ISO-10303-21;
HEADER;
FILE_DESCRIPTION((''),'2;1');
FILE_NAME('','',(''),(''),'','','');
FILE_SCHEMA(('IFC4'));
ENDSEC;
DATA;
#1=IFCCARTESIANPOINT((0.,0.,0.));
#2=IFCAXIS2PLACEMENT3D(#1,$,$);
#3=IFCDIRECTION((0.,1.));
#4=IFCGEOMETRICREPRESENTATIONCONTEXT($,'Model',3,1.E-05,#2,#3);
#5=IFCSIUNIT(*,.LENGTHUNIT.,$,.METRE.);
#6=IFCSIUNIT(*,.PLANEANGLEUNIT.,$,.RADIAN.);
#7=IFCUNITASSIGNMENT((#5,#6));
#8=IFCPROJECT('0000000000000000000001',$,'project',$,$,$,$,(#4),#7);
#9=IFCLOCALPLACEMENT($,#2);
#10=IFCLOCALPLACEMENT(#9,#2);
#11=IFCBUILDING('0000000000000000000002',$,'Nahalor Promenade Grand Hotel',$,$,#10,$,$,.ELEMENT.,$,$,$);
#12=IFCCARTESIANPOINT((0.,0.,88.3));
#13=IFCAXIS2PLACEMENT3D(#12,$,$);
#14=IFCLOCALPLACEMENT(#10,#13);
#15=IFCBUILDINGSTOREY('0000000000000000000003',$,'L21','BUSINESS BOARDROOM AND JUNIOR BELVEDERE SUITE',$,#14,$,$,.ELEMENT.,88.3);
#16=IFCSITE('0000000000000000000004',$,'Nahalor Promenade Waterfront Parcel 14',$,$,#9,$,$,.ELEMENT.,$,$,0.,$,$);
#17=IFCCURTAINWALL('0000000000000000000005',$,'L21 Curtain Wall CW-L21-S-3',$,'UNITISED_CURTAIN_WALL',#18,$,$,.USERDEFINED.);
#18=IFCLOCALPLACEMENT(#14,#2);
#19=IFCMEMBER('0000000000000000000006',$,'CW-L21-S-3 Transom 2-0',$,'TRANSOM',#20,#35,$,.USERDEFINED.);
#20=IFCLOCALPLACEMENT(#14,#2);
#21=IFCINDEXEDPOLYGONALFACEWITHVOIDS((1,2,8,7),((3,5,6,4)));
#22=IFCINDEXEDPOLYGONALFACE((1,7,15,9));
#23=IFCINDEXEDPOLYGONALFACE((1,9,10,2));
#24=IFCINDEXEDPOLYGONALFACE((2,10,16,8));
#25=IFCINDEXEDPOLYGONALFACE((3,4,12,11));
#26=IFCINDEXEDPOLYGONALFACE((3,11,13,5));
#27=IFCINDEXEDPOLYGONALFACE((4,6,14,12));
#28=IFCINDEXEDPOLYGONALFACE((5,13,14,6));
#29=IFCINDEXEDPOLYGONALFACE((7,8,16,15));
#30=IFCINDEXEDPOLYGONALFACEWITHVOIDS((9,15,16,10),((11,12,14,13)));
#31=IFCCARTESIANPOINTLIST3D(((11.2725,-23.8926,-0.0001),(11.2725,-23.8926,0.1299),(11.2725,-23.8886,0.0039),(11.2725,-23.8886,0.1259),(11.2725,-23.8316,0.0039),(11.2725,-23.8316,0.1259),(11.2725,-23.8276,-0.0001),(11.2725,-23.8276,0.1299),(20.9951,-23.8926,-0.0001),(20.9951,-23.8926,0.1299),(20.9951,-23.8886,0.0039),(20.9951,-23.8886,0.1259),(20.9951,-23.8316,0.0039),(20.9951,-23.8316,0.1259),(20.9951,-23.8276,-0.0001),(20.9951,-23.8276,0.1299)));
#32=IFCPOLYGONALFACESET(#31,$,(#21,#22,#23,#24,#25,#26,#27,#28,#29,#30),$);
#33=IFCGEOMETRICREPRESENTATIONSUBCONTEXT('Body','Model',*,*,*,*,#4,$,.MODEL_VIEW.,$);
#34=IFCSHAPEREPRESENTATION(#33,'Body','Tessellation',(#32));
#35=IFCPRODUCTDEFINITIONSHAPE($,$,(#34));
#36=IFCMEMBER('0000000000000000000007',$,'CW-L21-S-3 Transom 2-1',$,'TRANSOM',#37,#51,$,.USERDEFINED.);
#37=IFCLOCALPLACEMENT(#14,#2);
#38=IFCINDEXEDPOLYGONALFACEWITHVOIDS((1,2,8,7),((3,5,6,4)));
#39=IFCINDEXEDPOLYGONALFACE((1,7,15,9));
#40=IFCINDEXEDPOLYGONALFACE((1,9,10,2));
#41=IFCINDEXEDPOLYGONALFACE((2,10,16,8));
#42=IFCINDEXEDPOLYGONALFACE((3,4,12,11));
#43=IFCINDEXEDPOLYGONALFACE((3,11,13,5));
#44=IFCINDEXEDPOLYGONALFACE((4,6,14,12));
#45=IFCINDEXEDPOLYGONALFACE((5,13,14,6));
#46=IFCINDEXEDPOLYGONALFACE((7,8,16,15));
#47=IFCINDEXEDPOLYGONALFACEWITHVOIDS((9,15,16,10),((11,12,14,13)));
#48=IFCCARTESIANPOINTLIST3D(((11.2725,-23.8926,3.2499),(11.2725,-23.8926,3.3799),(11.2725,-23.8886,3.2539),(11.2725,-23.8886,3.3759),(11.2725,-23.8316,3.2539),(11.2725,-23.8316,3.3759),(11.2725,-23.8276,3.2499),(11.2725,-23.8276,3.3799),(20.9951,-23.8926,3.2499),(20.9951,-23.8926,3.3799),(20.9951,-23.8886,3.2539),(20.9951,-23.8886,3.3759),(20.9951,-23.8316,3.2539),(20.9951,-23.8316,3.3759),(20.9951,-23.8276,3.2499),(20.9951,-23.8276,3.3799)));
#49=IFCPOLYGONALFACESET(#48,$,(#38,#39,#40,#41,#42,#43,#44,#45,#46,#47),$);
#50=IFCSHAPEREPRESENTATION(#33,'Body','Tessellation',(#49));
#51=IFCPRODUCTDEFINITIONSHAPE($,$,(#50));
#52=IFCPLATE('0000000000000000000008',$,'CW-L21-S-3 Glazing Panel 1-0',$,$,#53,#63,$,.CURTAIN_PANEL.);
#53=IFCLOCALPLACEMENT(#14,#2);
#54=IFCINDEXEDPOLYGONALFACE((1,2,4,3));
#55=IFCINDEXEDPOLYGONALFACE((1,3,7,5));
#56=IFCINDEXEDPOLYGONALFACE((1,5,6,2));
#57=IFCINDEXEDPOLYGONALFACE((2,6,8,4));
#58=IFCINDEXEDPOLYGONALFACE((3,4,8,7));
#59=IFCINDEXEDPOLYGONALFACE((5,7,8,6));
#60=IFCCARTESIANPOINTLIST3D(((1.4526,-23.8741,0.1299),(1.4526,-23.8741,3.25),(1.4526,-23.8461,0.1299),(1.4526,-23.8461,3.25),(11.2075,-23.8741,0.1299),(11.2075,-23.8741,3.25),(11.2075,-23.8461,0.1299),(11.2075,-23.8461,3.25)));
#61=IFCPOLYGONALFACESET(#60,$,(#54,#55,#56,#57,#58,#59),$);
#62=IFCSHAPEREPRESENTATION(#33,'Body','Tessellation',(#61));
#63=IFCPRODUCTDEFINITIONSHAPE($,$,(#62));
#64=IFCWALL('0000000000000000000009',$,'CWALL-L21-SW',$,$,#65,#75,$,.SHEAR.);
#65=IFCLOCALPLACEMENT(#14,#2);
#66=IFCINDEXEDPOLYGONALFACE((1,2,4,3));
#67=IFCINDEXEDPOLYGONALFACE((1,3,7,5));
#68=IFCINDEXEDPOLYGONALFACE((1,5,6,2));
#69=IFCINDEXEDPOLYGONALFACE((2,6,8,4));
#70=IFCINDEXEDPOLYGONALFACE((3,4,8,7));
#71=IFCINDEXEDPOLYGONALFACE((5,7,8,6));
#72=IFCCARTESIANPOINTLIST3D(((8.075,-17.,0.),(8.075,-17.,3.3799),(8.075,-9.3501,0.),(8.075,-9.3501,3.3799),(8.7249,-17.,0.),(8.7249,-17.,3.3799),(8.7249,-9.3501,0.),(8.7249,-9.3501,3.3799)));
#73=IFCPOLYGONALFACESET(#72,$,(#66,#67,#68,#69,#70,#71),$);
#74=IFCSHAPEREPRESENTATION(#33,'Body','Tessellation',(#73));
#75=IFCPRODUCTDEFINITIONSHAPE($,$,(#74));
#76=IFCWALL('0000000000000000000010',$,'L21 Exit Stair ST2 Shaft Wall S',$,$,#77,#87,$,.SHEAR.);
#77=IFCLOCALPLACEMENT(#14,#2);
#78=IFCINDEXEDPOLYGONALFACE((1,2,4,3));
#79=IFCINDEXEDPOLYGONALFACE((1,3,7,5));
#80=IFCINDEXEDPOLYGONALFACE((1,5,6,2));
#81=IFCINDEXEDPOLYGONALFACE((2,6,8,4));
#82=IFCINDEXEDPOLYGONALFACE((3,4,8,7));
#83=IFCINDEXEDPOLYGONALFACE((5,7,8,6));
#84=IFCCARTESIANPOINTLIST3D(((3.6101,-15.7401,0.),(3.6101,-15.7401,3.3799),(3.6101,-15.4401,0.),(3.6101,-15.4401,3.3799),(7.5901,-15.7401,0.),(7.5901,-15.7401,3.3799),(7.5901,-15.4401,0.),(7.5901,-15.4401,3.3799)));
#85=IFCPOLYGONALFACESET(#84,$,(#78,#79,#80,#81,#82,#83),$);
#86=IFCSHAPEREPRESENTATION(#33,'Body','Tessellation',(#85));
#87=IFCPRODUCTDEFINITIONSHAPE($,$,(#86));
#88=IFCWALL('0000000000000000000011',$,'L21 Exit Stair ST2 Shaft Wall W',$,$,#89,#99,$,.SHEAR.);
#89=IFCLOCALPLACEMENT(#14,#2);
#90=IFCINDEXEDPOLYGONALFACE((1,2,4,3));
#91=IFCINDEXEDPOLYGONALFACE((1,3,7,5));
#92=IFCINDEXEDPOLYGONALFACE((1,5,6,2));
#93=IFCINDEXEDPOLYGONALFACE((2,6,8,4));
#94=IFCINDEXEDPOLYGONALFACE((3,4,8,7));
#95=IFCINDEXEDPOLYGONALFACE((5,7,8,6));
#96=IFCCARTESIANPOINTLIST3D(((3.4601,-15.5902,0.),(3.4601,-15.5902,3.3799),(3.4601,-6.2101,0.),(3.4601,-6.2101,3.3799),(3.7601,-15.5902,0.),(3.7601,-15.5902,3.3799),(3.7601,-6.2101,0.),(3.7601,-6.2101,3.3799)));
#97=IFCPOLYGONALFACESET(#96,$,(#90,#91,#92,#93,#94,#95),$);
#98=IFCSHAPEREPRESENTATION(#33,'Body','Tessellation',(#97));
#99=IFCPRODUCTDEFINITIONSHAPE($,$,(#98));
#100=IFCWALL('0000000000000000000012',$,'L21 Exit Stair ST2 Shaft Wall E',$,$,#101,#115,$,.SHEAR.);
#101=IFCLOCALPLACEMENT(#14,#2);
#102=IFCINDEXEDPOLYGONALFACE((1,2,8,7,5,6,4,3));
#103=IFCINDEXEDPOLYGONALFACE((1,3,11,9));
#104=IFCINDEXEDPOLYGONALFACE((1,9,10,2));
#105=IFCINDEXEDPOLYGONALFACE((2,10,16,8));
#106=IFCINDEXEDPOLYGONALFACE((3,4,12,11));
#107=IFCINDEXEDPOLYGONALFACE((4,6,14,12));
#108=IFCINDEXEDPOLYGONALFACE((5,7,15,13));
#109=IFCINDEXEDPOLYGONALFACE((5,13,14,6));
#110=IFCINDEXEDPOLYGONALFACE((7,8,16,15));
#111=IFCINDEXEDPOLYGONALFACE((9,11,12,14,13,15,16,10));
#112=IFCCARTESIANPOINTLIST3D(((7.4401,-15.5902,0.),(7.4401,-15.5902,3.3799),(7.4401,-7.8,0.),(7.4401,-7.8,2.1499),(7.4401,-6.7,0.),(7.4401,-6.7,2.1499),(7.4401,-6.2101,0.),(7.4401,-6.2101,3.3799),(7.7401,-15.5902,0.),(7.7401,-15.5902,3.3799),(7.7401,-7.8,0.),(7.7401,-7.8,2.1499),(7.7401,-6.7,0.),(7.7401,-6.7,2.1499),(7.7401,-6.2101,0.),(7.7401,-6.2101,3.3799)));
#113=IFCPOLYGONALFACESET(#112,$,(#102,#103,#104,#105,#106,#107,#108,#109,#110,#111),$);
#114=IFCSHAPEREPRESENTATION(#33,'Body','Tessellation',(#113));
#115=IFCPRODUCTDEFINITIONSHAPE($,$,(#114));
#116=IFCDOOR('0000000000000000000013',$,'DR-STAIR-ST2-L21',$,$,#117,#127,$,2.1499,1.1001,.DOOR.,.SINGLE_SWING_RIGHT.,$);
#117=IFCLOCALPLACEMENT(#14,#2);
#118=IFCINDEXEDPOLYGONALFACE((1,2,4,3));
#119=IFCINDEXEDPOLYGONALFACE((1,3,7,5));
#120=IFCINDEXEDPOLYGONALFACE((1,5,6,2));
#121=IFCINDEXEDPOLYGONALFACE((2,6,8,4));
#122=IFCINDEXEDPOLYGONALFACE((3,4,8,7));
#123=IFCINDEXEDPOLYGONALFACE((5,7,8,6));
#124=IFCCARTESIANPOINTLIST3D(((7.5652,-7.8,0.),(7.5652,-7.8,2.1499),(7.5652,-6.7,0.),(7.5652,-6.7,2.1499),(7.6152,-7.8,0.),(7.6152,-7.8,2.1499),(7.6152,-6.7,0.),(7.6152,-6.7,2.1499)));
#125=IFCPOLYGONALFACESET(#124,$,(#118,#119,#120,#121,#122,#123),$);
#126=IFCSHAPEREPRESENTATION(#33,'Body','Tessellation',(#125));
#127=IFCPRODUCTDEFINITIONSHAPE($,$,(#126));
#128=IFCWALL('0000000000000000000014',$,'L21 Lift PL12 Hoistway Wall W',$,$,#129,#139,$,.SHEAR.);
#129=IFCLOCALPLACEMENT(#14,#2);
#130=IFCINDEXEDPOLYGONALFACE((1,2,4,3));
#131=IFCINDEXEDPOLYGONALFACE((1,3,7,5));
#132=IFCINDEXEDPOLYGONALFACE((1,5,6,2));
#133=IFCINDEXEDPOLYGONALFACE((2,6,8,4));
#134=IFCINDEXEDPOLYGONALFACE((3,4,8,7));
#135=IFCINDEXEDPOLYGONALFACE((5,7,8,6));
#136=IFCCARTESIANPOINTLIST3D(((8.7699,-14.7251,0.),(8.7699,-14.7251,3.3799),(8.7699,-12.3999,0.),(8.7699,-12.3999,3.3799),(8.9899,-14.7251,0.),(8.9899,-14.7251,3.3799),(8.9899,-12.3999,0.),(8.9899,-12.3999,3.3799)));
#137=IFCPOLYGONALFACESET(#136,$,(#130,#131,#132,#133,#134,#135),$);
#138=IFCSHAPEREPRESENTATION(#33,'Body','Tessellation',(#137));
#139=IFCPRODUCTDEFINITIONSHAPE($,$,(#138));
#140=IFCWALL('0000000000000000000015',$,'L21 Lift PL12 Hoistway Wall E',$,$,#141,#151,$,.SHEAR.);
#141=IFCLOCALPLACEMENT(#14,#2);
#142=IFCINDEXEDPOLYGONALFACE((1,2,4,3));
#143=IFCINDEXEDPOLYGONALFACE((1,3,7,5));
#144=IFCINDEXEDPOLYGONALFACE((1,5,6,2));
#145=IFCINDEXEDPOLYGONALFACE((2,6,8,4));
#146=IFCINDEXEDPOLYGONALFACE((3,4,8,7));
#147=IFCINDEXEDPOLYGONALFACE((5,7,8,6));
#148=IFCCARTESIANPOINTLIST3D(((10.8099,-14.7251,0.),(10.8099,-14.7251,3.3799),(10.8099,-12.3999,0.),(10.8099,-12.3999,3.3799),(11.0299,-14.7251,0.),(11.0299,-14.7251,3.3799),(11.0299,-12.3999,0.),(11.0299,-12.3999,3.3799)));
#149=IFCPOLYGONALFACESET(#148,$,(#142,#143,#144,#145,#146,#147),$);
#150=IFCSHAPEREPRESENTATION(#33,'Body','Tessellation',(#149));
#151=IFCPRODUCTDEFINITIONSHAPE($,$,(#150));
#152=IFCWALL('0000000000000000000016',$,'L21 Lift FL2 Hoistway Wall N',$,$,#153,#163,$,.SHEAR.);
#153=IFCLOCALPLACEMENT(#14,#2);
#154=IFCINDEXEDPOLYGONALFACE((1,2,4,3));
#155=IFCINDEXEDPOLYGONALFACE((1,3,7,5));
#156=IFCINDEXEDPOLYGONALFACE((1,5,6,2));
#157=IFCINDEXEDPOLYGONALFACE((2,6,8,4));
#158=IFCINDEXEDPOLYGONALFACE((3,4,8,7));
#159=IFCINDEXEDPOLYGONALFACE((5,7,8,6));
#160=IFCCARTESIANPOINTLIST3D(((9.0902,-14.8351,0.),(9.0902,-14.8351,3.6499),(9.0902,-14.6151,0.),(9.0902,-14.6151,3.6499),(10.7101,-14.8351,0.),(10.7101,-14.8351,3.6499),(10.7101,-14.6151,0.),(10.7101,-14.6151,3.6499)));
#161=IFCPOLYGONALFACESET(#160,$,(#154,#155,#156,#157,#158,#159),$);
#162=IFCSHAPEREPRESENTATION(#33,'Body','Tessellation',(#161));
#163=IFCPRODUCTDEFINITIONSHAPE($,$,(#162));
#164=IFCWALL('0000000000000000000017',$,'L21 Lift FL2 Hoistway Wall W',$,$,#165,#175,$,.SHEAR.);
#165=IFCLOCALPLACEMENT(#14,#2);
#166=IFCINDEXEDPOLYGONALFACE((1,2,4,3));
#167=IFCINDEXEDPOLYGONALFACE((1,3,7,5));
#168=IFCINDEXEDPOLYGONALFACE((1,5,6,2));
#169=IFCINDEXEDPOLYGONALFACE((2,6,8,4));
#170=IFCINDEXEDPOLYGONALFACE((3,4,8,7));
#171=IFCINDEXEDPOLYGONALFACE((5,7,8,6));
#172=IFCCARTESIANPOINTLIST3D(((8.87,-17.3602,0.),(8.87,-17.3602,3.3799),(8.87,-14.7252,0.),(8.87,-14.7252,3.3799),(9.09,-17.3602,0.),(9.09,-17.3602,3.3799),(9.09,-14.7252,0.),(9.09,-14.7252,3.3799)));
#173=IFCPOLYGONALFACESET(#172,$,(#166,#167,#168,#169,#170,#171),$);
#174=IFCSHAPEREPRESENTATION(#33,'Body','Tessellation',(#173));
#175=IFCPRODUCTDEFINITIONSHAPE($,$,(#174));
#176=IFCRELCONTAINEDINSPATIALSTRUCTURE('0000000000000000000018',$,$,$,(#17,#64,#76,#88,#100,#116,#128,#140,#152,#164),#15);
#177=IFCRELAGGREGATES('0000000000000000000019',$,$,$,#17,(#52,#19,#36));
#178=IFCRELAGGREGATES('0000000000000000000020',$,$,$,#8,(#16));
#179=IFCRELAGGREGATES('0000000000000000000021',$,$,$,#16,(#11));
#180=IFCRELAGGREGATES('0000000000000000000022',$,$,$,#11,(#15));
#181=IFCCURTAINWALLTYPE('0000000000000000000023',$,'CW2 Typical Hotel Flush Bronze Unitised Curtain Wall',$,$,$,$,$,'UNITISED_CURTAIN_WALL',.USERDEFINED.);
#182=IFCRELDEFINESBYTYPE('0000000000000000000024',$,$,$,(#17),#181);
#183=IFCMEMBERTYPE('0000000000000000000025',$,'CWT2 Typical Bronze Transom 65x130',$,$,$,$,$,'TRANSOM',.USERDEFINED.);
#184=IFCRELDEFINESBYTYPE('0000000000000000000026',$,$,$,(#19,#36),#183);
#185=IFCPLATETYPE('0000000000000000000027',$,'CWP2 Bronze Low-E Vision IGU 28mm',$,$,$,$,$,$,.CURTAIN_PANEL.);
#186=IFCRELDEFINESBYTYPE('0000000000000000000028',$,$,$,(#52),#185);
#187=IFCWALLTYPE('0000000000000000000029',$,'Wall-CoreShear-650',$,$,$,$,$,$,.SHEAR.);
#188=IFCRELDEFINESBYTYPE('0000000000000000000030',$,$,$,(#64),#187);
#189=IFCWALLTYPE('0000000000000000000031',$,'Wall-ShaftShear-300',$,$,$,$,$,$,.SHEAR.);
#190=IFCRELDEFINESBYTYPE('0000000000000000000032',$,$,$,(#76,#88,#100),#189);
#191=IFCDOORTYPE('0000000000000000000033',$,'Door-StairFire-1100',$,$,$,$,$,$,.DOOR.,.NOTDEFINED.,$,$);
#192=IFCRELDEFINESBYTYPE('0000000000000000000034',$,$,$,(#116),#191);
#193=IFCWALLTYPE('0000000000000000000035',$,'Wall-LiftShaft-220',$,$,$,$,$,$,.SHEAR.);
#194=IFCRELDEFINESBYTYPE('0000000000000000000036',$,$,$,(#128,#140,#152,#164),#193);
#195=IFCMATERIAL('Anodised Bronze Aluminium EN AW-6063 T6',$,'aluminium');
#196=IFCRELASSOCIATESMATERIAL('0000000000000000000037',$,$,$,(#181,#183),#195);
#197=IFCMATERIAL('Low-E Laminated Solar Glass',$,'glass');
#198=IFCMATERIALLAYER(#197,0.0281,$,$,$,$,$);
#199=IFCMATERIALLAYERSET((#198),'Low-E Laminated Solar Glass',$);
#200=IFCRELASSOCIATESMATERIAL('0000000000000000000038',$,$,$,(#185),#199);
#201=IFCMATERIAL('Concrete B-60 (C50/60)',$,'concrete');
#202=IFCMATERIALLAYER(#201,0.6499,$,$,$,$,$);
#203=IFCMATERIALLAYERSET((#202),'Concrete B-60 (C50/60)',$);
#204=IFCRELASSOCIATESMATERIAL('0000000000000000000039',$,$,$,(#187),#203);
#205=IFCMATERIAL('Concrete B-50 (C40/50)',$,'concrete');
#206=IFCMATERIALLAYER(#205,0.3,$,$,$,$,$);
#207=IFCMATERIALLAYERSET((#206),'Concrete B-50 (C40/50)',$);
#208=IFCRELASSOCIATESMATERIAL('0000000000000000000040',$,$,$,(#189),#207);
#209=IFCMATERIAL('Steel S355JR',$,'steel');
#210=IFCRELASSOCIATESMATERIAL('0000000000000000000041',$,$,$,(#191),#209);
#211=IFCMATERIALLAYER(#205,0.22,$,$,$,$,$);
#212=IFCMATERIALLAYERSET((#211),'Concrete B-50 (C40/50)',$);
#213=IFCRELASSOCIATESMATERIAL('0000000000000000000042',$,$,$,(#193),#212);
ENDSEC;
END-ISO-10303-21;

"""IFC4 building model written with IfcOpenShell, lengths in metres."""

from ifc_helpers import new_model, si_unit, direction, frame, frame_2d, origin, origin_2d, place, context, subcontext, project, spatial, rectangle, hollow_rectangle, extrude, source, transform, mapped, material, layer, layer_set, material_profile, profile_set, type_object, element, fill, aggregate, save


model = new_model("IFC4")

# Units and contexts
model_context = context("Model", 3, precision=1e-05, world=origin(), true_north=direction((0.0, 1.0)))
body_context = subcontext(model_context, "Body", "Model", "MODEL_VIEW")
ifc_project = project(units=[si_unit("LENGTHUNIT", "METRE"), si_unit("PLANEANGLEUNIT", "RADIAN")], contexts=[model_context])

# Site, building, storey
site_placement = place(None, origin())
site = spatial("IfcSite", under=ifc_project, at=site_placement, Name="Nahalor Promenade Waterfront Parcel 14", CompositionType="ELEMENT", RefElevation=0.0)
building_placement = place(site_placement, origin())
building = spatial("IfcBuilding", under=site, at=building_placement, Name="Nahalor Promenade Grand Hotel", CompositionType="ELEMENT")
storey_placement = place(building_placement, frame((0.0, 0.0, 88.3)))
storey = spatial("IfcBuildingStorey", under=building, at=storey_placement, Name="L21", Description="BUSINESS BOARDROOM AND JUNIOR BELVEDERE SUITE", CompositionType="ELEMENT", Elevation=88.3)

# Shared definitions
ifc_material_1 = material(Name="Concrete B-60 (C50/60)", Category="concrete")

# Shared definitions
ifc_material_2 = material(Name="Steel S355JR", Category="steel")

# Curtain wall, members, plate
ifc_material_3 = material(Name="Anodised Bronze Aluminium EN AW-6063 T6", Category="aluminium")
curtain_wall_type = type_object("IfcCurtainWallType", Name="CW2 Typical Hotel Flush Bronze Unitised Curtain Wall", ElementType="UNITISED_CURTAIN_WALL", PredefinedType="USERDEFINED", material=ifc_material_3)
curtain_wall_placement = place(storey_placement, origin())
curtain_wall = element("IfcCurtainWall", 1, at=curtain_wall_placement, inside=storey, type_object=curtain_wall_type, Name="L21 Curtain Wall CW-L21-S-3", ObjectType="UNITISED_CURTAIN_WALL", PredefinedType="USERDEFINED")
ifc_material_profile_1 = material_profile(ifc_material_3, hollow_rectangle(XDim=0.065, YDim=0.13, WallThickness=0.004, at=origin_2d()), Name="CWT 65x130x4")
ifc_profile_set_1 = profile_set([ifc_material_profile_1], Name="Anodised Bronze Aluminium EN AW-6063 T6")
member_type_1 = type_object("IfcMemberType", Name="CWT2 Typical Bronze Transom 65x130", ElementType="TRANSOM", PredefinedType="USERDEFINED", material=ifc_profile_set_1)
shared_shape_1 = source(origin(), body_context, "Body", "SweptSolid", [
    extrude(hollow_rectangle(XDim=0.065, YDim=0.13, WallThickness=0.004, at=origin_2d()), origin(), (0.0, 0.0, 1.0), 9.7227),
])
member_1_placement = place(storey_placement, frame((11.2725, -23.8601, 0.0649), z_axis=(1.0, 0.0, 0.0), x_axis=(0.0, 1.0, 0.0)))
member_1 = element("IfcMember", 2, at=member_1_placement, type_object=member_type_1, Name="CW-L21-S-3 Transom 2-0", ObjectType="TRANSOM", PredefinedType="USERDEFINED", context=body_context, shape_type="MappedRepresentation", body=[
    mapped(shared_shape_1, transform((0.0, 0.0, 0.0), scale=1.0)),
])
member_2_placement = place(storey_placement, frame((11.2725, -23.8601, 3.3149), z_axis=(1.0, 0.0, 0.0), x_axis=(0.0, 1.0, 0.0)))
member_2 = element("IfcMember", 3, at=member_2_placement, type_object=member_type_1, Name="CW-L21-S-3 Transom 2-1", ObjectType="TRANSOM", PredefinedType="USERDEFINED", context=body_context, shape_type="MappedRepresentation", body=[
    mapped(shared_shape_1, transform((0.0, 0.0, 0.0), scale=1.0)),
])
ifc_material_4 = material(Name="Low-E Laminated Solar Glass", Category="glass")
ifc_layer_1 = layer(ifc_material_4, 0.0281)
ifc_layer_set_1 = layer_set([ifc_layer_1], Name="Low-E Laminated Solar Glass")
plate_type = type_object("IfcPlateType", Name="CWP2 Bronze Low-E Vision IGU 28mm", PredefinedType="CURTAIN_PANEL", material=ifc_layer_set_1)
shared_shape_2 = source(origin(), body_context, "Body", "SweptSolid", [
    extrude(rectangle(XDim=9.7549, YDim=0.0281, at=origin_2d()), origin(), (0.0, 0.0, 1.0), 3.1201),
])
plate_placement = place(storey_placement, frame((6.3301, -23.8601, 0.1299), z_axis=(0.0, 0.0, 1.0), x_axis=(1.0, 0.0, 0.0)))
plate = element("IfcPlate", 4, at=plate_placement, type_object=plate_type, Name="CW-L21-S-3 Glazing Panel 1-0", PredefinedType="CURTAIN_PANEL", context=body_context, shape_type="MappedRepresentation", body=[
    mapped(shared_shape_2, transform((0.0, 0.0, 0.0), scale=1.0)),
])
aggregate(curtain_wall, [plate, member_1, member_2])

# Walls
ifc_layer_2 = layer(ifc_material_1, 0.6499)
ifc_layer_set_2 = layer_set([ifc_layer_2], Name="Concrete B-60 (C50/60)")
wall_type_1 = type_object("IfcWallType", Name="Wall-CoreShear-650", PredefinedType="SHEAR", material=ifc_layer_set_2)
shared_shape_3 = source(origin(), body_context, "Body", "SweptSolid", [
    extrude(rectangle(XDim=7.6499, YDim=0.6499, at=frame_2d((3.825, 0.0))), origin(), (0.0, 0.0, 1.0), 3.3799),
])
wall_1_placement = place(storey_placement, frame((8.3999, -17.0, 0.0), z_axis=(0.0, 0.0, 1.0), x_axis=(0.0, 1.0, 0.0)))
element("IfcWall", 5, at=wall_1_placement, inside=storey, type_object=wall_type_1, Name="CWALL-L21-SW", PredefinedType="SHEAR", context=body_context, shape_type="MappedRepresentation", body=[
    mapped(shared_shape_3, transform((0.0, 0.0, 0.0), scale=1.0)),
])
ifc_material_5 = material(Name="Concrete B-50 (C40/50)", Category="concrete")
ifc_layer_3 = layer(ifc_material_5, 0.3)
ifc_layer_set_3 = layer_set([ifc_layer_3], Name="Concrete B-50 (C40/50)")
wall_type_2 = type_object("IfcWallType", Name="Wall-ShaftShear-300", PredefinedType="SHEAR", material=ifc_layer_set_3)
shared_shape_4 = source(origin(), body_context, "Body", "SweptSolid", [
    extrude(rectangle(XDim=3.98, YDim=0.3, at=frame_2d((1.99, 0.0))), origin(), (0.0, 0.0, 1.0), 3.3799),
])
wall_2_placement = place(storey_placement, frame((3.6101, -15.5901, 0.0), z_axis=(0.0, 0.0, 1.0), x_axis=(1.0, 0.0, 0.0)))
element("IfcWall", 6, at=wall_2_placement, inside=storey, type_object=wall_type_2, Name="L21 Exit Stair ST2 Shaft Wall S", PredefinedType="SHEAR", context=body_context, shape_type="MappedRepresentation", body=[
    mapped(shared_shape_4, transform((0.0, 0.0, 0.0), scale=1.0)),
])
shared_shape_5 = source(origin(), body_context, "Body", "SweptSolid", [
    extrude(rectangle(XDim=9.3801, YDim=0.3, at=frame_2d((4.6899, 0.0))), origin(), (0.0, 0.0, 1.0), 3.3799),
])
wall_3_placement = place(storey_placement, frame((3.6101, -15.5901, 0.0), z_axis=(0.0, 0.0, 1.0), x_axis=(0.0, 1.0, 0.0)))
element("IfcWall", 7, at=wall_3_placement, inside=storey, type_object=wall_type_2, Name="L21 Exit Stair ST2 Shaft Wall W", PredefinedType="SHEAR", context=body_context, shape_type="MappedRepresentation", body=[
    mapped(shared_shape_5, transform((0.0, 0.0, 0.0), scale=1.0)),
])

# Wall, opening, door
wall_4_placement = place(storey_placement, frame((7.5901, -15.5901, 0.0), z_axis=(0.0, 0.0, 1.0), x_axis=(0.0, 1.0, 0.0)))
wall_4 = element("IfcWall", 8, at=wall_4_placement, inside=storey, type_object=wall_type_2, Name="L21 Exit Stair ST2 Shaft Wall E", PredefinedType="SHEAR", context=body_context, shape_type="MappedRepresentation", body=[
    mapped(shared_shape_5, transform((0.0, 0.0, 0.0), scale=1.0)),
])
opening_1_placement = place(wall_4_placement, frame((7.79, 0.0, 0.0)))
opening_1 = element("IfcOpeningElement", 9, at=opening_1_placement, cuts=wall_4, PredefinedType="OPENING", context=body_context, shape_type="SweptSolid", body=[
    extrude(rectangle(XDim=1.1001, YDim=2.1499, at=frame_2d((0.55, 1.075))), frame((0.0, 0.1599, 0.0), z_axis=(0.0, -1.0, 0.0), x_axis=(1.0, 0.0, 0.0)), (0.0, 0.0, 1.0), 0.3201),
])
door_type_1 = type_object("IfcDoorType", Name="Door-StairFire-1100", OperationType="NOTDEFINED", PredefinedType="DOOR", material=ifc_material_2)
shared_shape_6 = source(origin(), body_context, "Body", "SweptSolid", [
    extrude(rectangle(XDim=1.1001, YDim=2.1499, at=frame_2d((0.55, 1.075))), frame((0.0, 0.0249, 0.0), z_axis=(0.0, -1.0, 0.0), x_axis=(1.0, 0.0, 0.0)), (0.0, 0.0, 1.0), 0.05),
])
door_1_placement = place(opening_1_placement, origin())
door_1 = element("IfcDoor", 10, at=door_1_placement, inside=storey, type_object=door_type_1, Name="DR-STAIR-ST2-L21", OperationType="SINGLE_SWING_RIGHT", OverallHeight=2.1499, OverallWidth=1.1001, PredefinedType="DOOR", context=body_context, shape_type="MappedRepresentation", body=[
    mapped(shared_shape_6, transform((0.0, 0.0, 0.0), scale=1.0)),
])
fill(opening_1, door_1)

# Walls
ifc_layer_4 = layer(ifc_material_5, 0.22)
ifc_layer_set_4 = layer_set([ifc_layer_4], Name="Concrete B-50 (C40/50)")
wall_type_3 = type_object("IfcWallType", Name="Wall-LiftShaft-220", PredefinedType="SHEAR", material=ifc_layer_set_4)
shared_shape_7 = source(origin(), body_context, "Body", "SweptSolid", [
    extrude(rectangle(XDim=2.3252, YDim=0.22, at=frame_2d((1.1626, 0.0))), origin(), (0.0, 0.0, 1.0), 3.3799),
])
for number, where, z_axis, x_axis, name in (
    (11, (8.8799, -14.7251, 0.0), (0.0, 0.0, 1.0), (0.0, 1.0, 0.0), "L21 Lift PL12 Hoistway Wall W"),
    (12, (10.9199, -14.7251, 0.0), (0.0, 0.0, 1.0), (0.0, 1.0, 0.0), "L21 Lift PL12 Hoistway Wall E"),
):
    element("IfcWall", number, at=place(storey_placement, frame(where, z_axis=z_axis, x_axis=x_axis)), inside=storey, type_object=wall_type_3, Name=name, PredefinedType="SHEAR", context=body_context, shape_type="MappedRepresentation", body=[
        mapped(shared_shape_7, transform((0.0, 0.0, 0.0), scale=1.0)),
    ])
shared_shape_8 = source(origin(), body_context, "Body", "SweptSolid", [
    extrude(rectangle(XDim=1.6199, YDim=0.22, at=frame_2d((0.8101, 0.0))), origin(), (0.0, 0.0, 1.0), 3.6499),
])
wall_5_placement = place(storey_placement, frame((9.0901, -14.7251, 0.0), z_axis=(0.0, 0.0, 1.0), x_axis=(1.0, 0.0, 0.0)))
element("IfcWall", 13, at=wall_5_placement, inside=storey, type_object=wall_type_3, Name="L21 Lift FL2 Hoistway Wall N", PredefinedType="SHEAR", context=body_context, shape_type="MappedRepresentation", body=[
    mapped(shared_shape_8, transform((0.0, 0.0, 0.0), scale=1.0)),
])
shared_shape_9 = source(origin(), body_context, "Body", "SweptSolid", [
    extrude(rectangle(XDim=2.635, YDim=0.22, at=frame_2d((1.3174, 0.0))), origin(), (0.0, 0.0, 1.0), 3.3799),
])
wall_6_placement = place(storey_placement, frame((8.98, -17.3601, 0.0), z_axis=(0.0, 0.0, 1.0), x_axis=(0.0, 1.0, 0.0)))
element("IfcWall", 14, at=wall_6_placement, inside=storey, type_object=wall_type_3, Name="L21 Lift FL2 Hoistway Wall W", PredefinedType="SHEAR", context=body_context, shape_type="MappedRepresentation", body=[
    mapped(shared_shape_9, transform((0.0, 0.0, 0.0), scale=1.0)),
])

save(model, "model.ifc")
